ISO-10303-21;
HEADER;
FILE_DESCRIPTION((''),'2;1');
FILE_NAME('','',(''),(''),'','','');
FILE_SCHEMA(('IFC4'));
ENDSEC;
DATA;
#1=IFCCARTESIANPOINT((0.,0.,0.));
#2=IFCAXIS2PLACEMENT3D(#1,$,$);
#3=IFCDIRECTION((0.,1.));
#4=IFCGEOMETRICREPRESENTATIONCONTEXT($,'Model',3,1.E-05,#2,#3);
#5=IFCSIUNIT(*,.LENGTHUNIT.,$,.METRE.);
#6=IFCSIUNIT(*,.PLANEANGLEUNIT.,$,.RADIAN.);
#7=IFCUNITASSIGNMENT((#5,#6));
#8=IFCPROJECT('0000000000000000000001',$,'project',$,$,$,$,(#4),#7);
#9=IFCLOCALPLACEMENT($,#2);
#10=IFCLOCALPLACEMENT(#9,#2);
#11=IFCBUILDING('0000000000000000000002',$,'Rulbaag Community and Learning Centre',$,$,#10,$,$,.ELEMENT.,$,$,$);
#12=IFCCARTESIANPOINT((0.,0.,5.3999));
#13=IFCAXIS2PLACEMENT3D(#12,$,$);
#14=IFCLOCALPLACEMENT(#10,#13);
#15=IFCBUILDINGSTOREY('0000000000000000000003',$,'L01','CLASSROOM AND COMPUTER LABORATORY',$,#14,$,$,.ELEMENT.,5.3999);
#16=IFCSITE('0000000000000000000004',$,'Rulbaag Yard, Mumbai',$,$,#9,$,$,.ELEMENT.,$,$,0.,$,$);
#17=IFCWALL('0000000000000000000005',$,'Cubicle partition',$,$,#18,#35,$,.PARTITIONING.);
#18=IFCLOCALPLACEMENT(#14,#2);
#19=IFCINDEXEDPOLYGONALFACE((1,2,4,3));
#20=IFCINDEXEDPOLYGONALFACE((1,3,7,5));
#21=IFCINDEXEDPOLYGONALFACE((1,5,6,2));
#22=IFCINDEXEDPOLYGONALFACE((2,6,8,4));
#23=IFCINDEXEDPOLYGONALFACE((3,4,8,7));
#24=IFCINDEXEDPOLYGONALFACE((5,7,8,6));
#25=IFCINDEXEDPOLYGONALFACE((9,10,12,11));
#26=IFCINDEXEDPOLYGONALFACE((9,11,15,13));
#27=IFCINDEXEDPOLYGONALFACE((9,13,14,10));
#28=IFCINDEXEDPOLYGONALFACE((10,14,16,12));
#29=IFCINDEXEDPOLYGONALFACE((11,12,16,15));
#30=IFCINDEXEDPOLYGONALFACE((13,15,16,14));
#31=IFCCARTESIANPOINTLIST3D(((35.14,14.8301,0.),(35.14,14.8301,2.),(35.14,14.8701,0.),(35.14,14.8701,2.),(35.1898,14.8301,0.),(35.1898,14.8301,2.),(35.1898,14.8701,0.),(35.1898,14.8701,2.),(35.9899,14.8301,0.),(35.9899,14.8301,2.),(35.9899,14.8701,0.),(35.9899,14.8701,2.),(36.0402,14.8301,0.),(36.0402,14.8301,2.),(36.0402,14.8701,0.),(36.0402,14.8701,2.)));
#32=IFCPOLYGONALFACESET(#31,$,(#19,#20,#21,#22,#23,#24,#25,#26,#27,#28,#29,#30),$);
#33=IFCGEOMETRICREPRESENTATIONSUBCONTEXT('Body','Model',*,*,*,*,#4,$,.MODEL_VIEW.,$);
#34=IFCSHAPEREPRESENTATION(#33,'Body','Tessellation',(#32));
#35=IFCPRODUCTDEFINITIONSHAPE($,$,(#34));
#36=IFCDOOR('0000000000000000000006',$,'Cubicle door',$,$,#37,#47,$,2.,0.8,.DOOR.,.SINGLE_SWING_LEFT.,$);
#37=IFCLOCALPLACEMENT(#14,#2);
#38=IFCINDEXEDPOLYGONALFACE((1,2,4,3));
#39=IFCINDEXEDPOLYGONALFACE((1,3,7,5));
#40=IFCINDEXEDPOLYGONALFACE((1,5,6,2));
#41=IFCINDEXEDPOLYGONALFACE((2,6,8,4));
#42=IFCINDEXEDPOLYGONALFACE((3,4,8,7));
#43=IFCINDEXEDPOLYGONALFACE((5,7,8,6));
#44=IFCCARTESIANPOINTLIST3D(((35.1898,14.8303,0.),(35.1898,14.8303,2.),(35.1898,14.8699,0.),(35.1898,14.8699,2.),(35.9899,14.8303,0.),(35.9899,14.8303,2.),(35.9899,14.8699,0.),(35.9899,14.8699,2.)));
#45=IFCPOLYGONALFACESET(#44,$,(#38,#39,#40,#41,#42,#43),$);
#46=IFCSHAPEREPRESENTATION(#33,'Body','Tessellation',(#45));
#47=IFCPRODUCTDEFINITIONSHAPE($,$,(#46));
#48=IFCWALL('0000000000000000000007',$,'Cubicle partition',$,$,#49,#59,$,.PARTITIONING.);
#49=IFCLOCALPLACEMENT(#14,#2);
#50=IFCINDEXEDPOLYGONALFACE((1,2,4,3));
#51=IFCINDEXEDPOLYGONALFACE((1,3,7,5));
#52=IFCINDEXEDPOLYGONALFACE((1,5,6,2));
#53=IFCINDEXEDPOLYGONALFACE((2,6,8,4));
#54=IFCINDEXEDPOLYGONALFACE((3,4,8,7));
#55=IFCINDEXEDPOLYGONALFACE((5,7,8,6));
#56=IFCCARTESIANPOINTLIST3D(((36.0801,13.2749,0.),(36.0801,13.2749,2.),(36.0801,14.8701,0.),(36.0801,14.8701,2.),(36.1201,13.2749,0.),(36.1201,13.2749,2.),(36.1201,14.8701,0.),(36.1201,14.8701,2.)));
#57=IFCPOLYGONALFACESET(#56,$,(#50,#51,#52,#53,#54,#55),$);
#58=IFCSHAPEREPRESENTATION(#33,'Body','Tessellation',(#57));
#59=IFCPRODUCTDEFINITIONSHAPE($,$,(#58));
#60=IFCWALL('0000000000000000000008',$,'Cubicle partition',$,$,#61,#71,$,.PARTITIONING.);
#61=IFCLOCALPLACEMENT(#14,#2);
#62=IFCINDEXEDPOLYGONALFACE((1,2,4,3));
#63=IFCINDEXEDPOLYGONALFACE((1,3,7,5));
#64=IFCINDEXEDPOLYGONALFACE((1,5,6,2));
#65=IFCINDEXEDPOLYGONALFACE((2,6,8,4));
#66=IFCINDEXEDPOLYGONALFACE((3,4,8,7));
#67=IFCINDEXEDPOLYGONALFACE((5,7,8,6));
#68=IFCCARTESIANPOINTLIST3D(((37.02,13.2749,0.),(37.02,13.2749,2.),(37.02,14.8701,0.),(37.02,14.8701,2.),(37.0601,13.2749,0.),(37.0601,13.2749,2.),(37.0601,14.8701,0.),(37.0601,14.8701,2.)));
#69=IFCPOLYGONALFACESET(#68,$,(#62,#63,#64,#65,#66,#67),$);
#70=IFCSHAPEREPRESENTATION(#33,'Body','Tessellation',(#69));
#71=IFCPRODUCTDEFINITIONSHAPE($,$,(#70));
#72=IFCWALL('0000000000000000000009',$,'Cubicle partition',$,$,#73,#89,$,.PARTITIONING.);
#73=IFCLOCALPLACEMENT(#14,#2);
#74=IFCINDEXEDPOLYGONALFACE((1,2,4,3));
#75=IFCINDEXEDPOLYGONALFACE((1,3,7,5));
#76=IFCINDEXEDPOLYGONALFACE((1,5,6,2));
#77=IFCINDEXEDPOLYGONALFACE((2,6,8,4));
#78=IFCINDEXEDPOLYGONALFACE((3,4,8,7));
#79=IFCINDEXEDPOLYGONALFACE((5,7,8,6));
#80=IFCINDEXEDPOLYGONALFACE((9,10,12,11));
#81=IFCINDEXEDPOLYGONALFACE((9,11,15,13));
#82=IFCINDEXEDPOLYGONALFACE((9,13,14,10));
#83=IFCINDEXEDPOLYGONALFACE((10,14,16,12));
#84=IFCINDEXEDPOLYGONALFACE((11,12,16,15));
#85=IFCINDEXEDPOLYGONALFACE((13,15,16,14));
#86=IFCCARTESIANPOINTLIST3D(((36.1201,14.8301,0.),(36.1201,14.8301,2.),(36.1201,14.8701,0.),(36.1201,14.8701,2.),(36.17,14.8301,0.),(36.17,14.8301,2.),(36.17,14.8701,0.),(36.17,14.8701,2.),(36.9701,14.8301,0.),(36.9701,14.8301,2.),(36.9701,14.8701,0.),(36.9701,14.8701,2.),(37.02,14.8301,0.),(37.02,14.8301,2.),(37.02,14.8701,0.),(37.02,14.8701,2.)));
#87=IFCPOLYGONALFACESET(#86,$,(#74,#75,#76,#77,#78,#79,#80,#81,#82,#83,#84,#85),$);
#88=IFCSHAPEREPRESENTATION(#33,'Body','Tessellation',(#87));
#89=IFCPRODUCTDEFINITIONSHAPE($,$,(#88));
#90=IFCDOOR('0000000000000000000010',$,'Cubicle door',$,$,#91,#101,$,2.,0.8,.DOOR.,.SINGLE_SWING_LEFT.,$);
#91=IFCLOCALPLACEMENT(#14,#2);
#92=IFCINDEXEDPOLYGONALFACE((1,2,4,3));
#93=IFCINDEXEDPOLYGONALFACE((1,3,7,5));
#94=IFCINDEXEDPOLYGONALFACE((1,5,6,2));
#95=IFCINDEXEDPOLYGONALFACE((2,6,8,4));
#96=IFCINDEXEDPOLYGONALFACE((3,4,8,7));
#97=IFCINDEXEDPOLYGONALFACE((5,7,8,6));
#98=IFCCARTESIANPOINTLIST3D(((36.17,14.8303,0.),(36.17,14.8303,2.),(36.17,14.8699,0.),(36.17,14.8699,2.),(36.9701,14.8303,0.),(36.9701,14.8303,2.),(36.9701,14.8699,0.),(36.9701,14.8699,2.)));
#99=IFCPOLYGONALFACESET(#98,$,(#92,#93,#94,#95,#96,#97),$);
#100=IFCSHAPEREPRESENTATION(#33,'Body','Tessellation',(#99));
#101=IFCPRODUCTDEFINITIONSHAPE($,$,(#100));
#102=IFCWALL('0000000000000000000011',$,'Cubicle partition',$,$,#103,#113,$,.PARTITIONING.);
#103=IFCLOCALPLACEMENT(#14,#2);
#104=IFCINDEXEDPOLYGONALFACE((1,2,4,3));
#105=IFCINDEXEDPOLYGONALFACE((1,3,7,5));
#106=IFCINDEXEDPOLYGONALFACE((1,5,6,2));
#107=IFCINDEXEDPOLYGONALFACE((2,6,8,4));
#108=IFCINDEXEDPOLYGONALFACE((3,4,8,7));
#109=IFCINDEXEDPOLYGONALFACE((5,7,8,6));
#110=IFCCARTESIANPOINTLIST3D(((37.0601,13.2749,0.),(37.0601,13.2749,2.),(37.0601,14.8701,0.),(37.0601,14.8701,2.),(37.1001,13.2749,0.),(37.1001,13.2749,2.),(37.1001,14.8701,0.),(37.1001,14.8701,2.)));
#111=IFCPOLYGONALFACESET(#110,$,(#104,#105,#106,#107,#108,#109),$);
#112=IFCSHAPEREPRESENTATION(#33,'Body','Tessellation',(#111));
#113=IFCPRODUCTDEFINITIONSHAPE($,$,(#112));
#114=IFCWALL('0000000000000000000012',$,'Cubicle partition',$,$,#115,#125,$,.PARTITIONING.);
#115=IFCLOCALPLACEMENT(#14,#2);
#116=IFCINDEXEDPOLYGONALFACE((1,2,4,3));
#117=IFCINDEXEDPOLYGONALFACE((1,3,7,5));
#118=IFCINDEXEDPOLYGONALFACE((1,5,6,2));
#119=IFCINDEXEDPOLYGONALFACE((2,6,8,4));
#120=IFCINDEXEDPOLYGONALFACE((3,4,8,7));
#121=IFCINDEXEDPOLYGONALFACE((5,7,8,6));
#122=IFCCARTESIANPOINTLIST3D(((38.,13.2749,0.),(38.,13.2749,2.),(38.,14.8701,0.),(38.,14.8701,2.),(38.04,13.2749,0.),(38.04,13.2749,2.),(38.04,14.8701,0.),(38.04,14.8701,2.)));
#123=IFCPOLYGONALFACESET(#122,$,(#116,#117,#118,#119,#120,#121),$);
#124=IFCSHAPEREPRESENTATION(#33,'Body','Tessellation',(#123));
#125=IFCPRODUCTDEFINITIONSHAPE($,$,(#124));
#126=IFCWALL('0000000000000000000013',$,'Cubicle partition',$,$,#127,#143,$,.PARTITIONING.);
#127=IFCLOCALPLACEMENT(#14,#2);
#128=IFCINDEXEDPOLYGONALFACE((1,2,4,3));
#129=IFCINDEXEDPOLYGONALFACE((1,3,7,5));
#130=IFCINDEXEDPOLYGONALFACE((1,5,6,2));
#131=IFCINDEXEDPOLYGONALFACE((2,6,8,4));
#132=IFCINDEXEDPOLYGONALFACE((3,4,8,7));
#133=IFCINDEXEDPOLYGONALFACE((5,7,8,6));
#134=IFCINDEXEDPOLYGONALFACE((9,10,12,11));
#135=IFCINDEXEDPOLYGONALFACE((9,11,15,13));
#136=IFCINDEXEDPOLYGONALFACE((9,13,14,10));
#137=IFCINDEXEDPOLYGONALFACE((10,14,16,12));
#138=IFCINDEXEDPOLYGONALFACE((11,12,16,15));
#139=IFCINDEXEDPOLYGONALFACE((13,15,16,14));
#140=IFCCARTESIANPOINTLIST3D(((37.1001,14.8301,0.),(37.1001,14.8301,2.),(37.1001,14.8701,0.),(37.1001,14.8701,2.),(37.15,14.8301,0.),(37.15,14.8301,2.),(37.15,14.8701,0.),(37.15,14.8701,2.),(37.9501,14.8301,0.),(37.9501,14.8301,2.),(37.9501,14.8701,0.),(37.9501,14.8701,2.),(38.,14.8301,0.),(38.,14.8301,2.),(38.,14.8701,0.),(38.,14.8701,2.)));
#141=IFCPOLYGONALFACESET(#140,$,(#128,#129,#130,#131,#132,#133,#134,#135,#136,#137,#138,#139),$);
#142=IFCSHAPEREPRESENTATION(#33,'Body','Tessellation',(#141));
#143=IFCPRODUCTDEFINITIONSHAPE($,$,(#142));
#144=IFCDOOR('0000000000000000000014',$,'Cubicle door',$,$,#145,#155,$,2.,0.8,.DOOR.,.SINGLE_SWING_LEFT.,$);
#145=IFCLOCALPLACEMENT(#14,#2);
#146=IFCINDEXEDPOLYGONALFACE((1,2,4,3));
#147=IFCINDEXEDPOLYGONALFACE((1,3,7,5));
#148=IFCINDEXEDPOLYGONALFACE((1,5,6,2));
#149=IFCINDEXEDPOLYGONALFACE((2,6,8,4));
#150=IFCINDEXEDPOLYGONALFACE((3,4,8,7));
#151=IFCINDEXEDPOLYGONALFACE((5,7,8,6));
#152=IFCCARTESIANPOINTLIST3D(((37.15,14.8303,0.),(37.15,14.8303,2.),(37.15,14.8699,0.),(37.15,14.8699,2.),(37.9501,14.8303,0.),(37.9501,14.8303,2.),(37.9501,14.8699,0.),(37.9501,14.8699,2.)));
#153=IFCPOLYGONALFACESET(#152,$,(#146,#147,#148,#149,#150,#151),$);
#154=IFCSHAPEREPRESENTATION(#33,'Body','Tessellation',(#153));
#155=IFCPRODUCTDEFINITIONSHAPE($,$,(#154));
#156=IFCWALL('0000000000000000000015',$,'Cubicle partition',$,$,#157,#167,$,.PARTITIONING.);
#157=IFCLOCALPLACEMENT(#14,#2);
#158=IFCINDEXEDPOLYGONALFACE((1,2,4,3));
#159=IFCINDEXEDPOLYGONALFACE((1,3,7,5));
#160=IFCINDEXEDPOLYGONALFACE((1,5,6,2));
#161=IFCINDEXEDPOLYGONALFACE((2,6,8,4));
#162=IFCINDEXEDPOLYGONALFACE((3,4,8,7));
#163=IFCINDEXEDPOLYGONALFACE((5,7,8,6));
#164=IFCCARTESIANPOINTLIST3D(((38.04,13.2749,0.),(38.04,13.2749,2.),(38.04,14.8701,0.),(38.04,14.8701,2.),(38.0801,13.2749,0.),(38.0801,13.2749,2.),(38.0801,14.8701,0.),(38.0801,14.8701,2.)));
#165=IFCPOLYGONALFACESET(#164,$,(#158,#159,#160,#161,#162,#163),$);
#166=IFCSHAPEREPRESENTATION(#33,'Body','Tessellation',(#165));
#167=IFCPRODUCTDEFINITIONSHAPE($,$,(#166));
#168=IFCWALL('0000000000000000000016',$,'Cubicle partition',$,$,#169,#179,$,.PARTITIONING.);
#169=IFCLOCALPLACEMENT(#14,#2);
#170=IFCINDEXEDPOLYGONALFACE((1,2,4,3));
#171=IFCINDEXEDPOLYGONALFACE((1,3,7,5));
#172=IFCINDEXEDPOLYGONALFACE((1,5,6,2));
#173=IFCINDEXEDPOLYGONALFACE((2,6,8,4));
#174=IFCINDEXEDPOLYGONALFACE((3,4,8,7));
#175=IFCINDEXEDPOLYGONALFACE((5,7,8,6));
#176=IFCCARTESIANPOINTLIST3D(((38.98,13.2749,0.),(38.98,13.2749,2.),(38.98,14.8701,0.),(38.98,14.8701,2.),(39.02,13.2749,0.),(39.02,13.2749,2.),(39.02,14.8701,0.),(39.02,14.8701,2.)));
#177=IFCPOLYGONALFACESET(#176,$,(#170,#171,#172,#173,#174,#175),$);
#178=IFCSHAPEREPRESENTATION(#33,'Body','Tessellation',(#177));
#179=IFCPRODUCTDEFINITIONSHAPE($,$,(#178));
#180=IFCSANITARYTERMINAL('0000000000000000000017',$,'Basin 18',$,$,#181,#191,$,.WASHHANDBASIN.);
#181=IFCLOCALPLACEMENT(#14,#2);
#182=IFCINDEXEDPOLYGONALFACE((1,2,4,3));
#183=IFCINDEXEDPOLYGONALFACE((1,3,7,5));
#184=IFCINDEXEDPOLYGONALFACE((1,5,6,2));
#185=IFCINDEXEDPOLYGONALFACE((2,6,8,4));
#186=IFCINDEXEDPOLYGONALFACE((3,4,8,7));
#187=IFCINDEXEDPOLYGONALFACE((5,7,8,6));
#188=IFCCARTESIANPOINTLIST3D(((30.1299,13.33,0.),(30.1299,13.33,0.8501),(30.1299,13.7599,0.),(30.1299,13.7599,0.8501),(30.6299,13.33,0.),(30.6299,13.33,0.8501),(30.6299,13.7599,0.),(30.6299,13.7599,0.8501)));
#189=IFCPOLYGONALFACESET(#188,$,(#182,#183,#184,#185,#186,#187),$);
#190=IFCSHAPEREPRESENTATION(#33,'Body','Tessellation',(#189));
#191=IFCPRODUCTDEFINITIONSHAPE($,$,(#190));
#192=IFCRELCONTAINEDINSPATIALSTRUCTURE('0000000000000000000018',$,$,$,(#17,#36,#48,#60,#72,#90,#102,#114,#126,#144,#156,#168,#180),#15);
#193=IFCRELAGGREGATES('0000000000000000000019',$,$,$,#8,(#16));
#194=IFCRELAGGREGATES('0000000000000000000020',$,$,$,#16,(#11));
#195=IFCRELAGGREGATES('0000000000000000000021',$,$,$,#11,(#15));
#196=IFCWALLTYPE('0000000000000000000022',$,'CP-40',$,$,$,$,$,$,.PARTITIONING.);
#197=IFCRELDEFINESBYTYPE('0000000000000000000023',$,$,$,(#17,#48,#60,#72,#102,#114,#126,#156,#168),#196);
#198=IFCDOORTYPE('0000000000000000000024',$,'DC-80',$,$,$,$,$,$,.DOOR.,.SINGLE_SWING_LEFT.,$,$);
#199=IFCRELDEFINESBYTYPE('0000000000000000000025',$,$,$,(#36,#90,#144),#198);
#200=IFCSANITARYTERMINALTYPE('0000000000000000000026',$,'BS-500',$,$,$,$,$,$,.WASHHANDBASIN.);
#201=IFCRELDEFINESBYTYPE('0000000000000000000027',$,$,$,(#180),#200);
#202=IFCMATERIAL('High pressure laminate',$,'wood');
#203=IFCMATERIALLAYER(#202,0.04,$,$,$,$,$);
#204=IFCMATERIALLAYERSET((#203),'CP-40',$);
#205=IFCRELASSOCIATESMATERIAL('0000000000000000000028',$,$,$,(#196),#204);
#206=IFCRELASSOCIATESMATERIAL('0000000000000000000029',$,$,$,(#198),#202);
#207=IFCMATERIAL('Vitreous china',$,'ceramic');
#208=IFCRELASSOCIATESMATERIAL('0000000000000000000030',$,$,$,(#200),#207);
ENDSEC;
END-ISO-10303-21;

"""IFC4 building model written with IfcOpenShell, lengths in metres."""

from ifc_helpers import new_model, si_unit, direction, frame, frame_2d, origin, origin_2d, place, context, subcontext, project, spatial, rectangle, extrude, material, layer, layer_set, type_object, element, fill, save


model = new_model("IFC4")

# Units and contexts
model_context = context("Model", 3, precision=1e-05, world=origin(), true_north=direction((0.0, 1.0)))
body_context = subcontext(model_context, "Body", "Model", "MODEL_VIEW")
ifc_project = project(units=[si_unit("LENGTHUNIT", "METRE"), si_unit("PLANEANGLEUNIT", "RADIAN")], contexts=[model_context])

# Site, building, storey
site_placement = place(None, origin())
site = spatial("IfcSite", under=ifc_project, at=site_placement, Name="Rulbaag Yard, Mumbai", CompositionType="ELEMENT", RefElevation=0.0)
building_placement = place(site_placement, origin())
building = spatial("IfcBuilding", under=site, at=building_placement, Name="Rulbaag Community and Learning Centre", CompositionType="ELEMENT")
storey_placement = place(building_placement, frame((0.0, 0.0, 5.3999)))
storey = spatial("IfcBuildingStorey", under=building, at=storey_placement, Name="L01", Description="CLASSROOM AND COMPUTER LABORATORY", CompositionType="ELEMENT", Elevation=5.3999)

# Shared definitions
ifc_material_1 = material(Name="High pressure laminate", Category="wood")
ifc_layer = layer(ifc_material_1, 0.04)
ifc_layer_set = layer_set([ifc_layer], Name="CP-40")
wall_type = type_object("IfcWallType", Name="CP-40", PredefinedType="PARTITIONING", material=ifc_layer_set)
door_type = type_object("IfcDoorType", Name="DC-80", OperationType="SINGLE_SWING_LEFT", PredefinedType="DOOR", material=ifc_material_1)

# Wall, opening, door
wall_1_placement = place(storey_placement, frame((35.1399, 14.8501, 0.0), z_axis=(0.0, 0.0, 1.0), x_axis=(1.0, 0.0, 0.0)))
wall_1 = element("IfcWall", 1, at=wall_1_placement, inside=storey, type_object=wall_type, Name="Cubicle partition", PredefinedType="PARTITIONING", context=body_context, shape_type="SweptSolid", body=[
    extrude(rectangle(XDim=0.9001, YDim=0.04, at=frame_2d((0.4502, 0.0))), origin(), (0.0, 0.0, 1.0), 2.0),
])
opening_1_placement = place(wall_1_placement, frame((0.05, 0.0, 0.0)))
opening_1 = element("IfcOpeningElement", 2, at=opening_1_placement, cuts=wall_1, PredefinedType="OPENING", context=body_context, shape_type="SweptSolid", body=[
    extrude(rectangle(XDim=0.8, YDim=2.0, at=frame_2d((0.3999, 1.0))), frame((0.0, 0.03, 0.0), z_axis=(0.0, -1.0, 0.0), x_axis=(1.0, 0.0, 0.0)), (0.0, 0.0, 1.0), 0.0601),
])
door_1_placement = place(opening_1_placement, origin())
door_1 = element("IfcDoor", 3, at=door_1_placement, inside=storey, type_object=door_type, Name="Cubicle door", OperationType="SINGLE_SWING_LEFT", OverallHeight=2.0, OverallWidth=0.8, PredefinedType="DOOR", context=body_context, shape_type="SweptSolid", body=[
    extrude(rectangle(XDim=0.8, YDim=2.0, at=frame_2d((0.3999, 1.0))), frame((0.0, 0.0198, 0.0), z_axis=(0.0, -1.0, 0.0), x_axis=(1.0, 0.0, 0.0)), (0.0, 0.0, 1.0), 0.0396),
])
fill(opening_1, door_1)

# Walls
for number, where, z_axis, x_axis, name in (
    (4, (36.1001, 13.2749, 0.0), (0.0, 0.0, 1.0), (0.0, 1.0, 0.0), "Cubicle partition"),
    (5, (37.04, 13.2749, 0.0), (0.0, 0.0, 1.0), (0.0, 1.0, 0.0), "Cubicle partition"),
):
    element("IfcWall", number, at=place(storey_placement, frame(where, z_axis=z_axis, x_axis=x_axis)), inside=storey, type_object=wall_type, Name=name, PredefinedType="PARTITIONING", context=body_context, shape_type="SweptSolid", body=[
        extrude(rectangle(XDim=1.5952, YDim=0.04, at=frame_2d((0.7976, 0.0))), origin(), (0.0, 0.0, 1.0), 2.0),
    ])

# Wall, opening, door
wall_2_placement = place(storey_placement, frame((36.1201, 14.8501, 0.0), z_axis=(0.0, 0.0, 1.0), x_axis=(1.0, 0.0, 0.0)))
wall_2 = element("IfcWall", 6, at=wall_2_placement, inside=storey, type_object=wall_type, Name="Cubicle partition", PredefinedType="PARTITIONING", context=body_context, shape_type="SweptSolid", body=[
    extrude(rectangle(XDim=0.8999, YDim=0.04, at=frame_2d((0.45, 0.0))), origin(), (0.0, 0.0, 1.0), 2.0),
])
opening_2_placement = place(wall_2_placement, frame((0.05, 0.0, 0.0)))
opening_2 = element("IfcOpeningElement", 7, at=opening_2_placement, cuts=wall_2, PredefinedType="OPENING", context=body_context, shape_type="SweptSolid", body=[
    extrude(rectangle(XDim=0.8, YDim=2.0, at=frame_2d((0.3999, 1.0))), frame((0.0, 0.03, 0.0), z_axis=(0.0, -1.0, 0.0), x_axis=(1.0, 0.0, 0.0)), (0.0, 0.0, 1.0), 0.0601),
])
door_2_placement = place(opening_2_placement, origin())
door_2 = element("IfcDoor", 8, at=door_2_placement, inside=storey, type_object=door_type, Name="Cubicle door", OperationType="SINGLE_SWING_LEFT", OverallHeight=2.0, OverallWidth=0.8, PredefinedType="DOOR", context=body_context, shape_type="SweptSolid", body=[
    extrude(rectangle(XDim=0.8, YDim=2.0, at=frame_2d((0.3999, 1.0))), frame((0.0, 0.0198, 0.0), z_axis=(0.0, -1.0, 0.0), x_axis=(1.0, 0.0, 0.0)), (0.0, 0.0, 1.0), 0.0396),
])
fill(opening_2, door_2)

# Walls
for number, where, z_axis, x_axis, name in (
    (9, (37.0801, 13.2749, 0.0), (0.0, 0.0, 1.0), (0.0, 1.0, 0.0), "Cubicle partition"),
    (10, (38.02, 13.2749, 0.0), (0.0, 0.0, 1.0), (0.0, 1.0, 0.0), "Cubicle partition"),
):
    element("IfcWall", number, at=place(storey_placement, frame(where, z_axis=z_axis, x_axis=x_axis)), inside=storey, type_object=wall_type, Name=name, PredefinedType="PARTITIONING", context=body_context, shape_type="SweptSolid", body=[
        extrude(rectangle(XDim=1.5952, YDim=0.04, at=frame_2d((0.7976, 0.0))), origin(), (0.0, 0.0, 1.0), 2.0),
    ])

# Wall, opening, door
wall_3_placement = place(storey_placement, frame((37.1001, 14.8501, 0.0), z_axis=(0.0, 0.0, 1.0), x_axis=(1.0, 0.0, 0.0)))
wall_3 = element("IfcWall", 11, at=wall_3_placement, inside=storey, type_object=wall_type, Name="Cubicle partition", PredefinedType="PARTITIONING", context=body_context, shape_type="SweptSolid", body=[
    extrude(rectangle(XDim=0.8999, YDim=0.04, at=frame_2d((0.45, 0.0))), origin(), (0.0, 0.0, 1.0), 2.0),
])
opening_3_placement = place(wall_3_placement, frame((0.05, 0.0, 0.0)))
opening_3 = element("IfcOpeningElement", 12, at=opening_3_placement, cuts=wall_3, PredefinedType="OPENING", context=body_context, shape_type="SweptSolid", body=[
    extrude(rectangle(XDim=0.8, YDim=2.0, at=frame_2d((0.3999, 1.0))), frame((0.0, 0.03, 0.0), z_axis=(0.0, -1.0, 0.0), x_axis=(1.0, 0.0, 0.0)), (0.0, 0.0, 1.0), 0.0601),
])
door_3_placement = place(opening_3_placement, origin())
door_3 = element("IfcDoor", 13, at=door_3_placement, inside=storey, type_object=door_type, Name="Cubicle door", OperationType="SINGLE_SWING_LEFT", OverallHeight=2.0, OverallWidth=0.8, PredefinedType="DOOR", context=body_context, shape_type="SweptSolid", body=[
    extrude(rectangle(XDim=0.8, YDim=2.0, at=frame_2d((0.3999, 1.0))), frame((0.0, 0.0198, 0.0), z_axis=(0.0, -1.0, 0.0), x_axis=(1.0, 0.0, 0.0)), (0.0, 0.0, 1.0), 0.0396),
])
fill(opening_3, door_3)

# Walls
for number, where, z_axis, x_axis, name in (
    (14, (38.0601, 13.2749, 0.0), (0.0, 0.0, 1.0), (0.0, 1.0, 0.0), "Cubicle partition"),
    (15, (39.0, 13.2749, 0.0), (0.0, 0.0, 1.0), (0.0, 1.0, 0.0), "Cubicle partition"),
):
    element("IfcWall", number, at=place(storey_placement, frame(where, z_axis=z_axis, x_axis=x_axis)), inside=storey, type_object=wall_type, Name=name, PredefinedType="PARTITIONING", context=body_context, shape_type="SweptSolid", body=[
        extrude(rectangle(XDim=1.5952, YDim=0.04, at=frame_2d((0.7976, 0.0))), origin(), (0.0, 0.0, 1.0), 2.0),
    ])

# Sanitary terminal
ifc_material_2 = material(Name="Vitreous china", Category="ceramic")
sanitary_terminal_type_1 = type_object("IfcSanitaryTerminalType", Name="BS-500", PredefinedType="WASHHANDBASIN", material=ifc_material_2)
sanitary_terminal_1_placement = place(storey_placement, frame((30.3799, 13.5449, 0.0), z_axis=(0.0, 0.0, 1.0), x_axis=(1.0, 0.0, 0.0)))
element("IfcSanitaryTerminal", 16, at=sanitary_terminal_1_placement, inside=storey, type_object=sanitary_terminal_type_1, Name="Basin 18", PredefinedType="WASHHANDBASIN", context=body_context, shape_type="SweptSolid", body=[
    extrude(rectangle(XDim=0.5, YDim=0.4299, at=origin_2d()), origin(), (0.0, 0.0, 1.0), 0.8501),
])

save(model, "model.ifc")
